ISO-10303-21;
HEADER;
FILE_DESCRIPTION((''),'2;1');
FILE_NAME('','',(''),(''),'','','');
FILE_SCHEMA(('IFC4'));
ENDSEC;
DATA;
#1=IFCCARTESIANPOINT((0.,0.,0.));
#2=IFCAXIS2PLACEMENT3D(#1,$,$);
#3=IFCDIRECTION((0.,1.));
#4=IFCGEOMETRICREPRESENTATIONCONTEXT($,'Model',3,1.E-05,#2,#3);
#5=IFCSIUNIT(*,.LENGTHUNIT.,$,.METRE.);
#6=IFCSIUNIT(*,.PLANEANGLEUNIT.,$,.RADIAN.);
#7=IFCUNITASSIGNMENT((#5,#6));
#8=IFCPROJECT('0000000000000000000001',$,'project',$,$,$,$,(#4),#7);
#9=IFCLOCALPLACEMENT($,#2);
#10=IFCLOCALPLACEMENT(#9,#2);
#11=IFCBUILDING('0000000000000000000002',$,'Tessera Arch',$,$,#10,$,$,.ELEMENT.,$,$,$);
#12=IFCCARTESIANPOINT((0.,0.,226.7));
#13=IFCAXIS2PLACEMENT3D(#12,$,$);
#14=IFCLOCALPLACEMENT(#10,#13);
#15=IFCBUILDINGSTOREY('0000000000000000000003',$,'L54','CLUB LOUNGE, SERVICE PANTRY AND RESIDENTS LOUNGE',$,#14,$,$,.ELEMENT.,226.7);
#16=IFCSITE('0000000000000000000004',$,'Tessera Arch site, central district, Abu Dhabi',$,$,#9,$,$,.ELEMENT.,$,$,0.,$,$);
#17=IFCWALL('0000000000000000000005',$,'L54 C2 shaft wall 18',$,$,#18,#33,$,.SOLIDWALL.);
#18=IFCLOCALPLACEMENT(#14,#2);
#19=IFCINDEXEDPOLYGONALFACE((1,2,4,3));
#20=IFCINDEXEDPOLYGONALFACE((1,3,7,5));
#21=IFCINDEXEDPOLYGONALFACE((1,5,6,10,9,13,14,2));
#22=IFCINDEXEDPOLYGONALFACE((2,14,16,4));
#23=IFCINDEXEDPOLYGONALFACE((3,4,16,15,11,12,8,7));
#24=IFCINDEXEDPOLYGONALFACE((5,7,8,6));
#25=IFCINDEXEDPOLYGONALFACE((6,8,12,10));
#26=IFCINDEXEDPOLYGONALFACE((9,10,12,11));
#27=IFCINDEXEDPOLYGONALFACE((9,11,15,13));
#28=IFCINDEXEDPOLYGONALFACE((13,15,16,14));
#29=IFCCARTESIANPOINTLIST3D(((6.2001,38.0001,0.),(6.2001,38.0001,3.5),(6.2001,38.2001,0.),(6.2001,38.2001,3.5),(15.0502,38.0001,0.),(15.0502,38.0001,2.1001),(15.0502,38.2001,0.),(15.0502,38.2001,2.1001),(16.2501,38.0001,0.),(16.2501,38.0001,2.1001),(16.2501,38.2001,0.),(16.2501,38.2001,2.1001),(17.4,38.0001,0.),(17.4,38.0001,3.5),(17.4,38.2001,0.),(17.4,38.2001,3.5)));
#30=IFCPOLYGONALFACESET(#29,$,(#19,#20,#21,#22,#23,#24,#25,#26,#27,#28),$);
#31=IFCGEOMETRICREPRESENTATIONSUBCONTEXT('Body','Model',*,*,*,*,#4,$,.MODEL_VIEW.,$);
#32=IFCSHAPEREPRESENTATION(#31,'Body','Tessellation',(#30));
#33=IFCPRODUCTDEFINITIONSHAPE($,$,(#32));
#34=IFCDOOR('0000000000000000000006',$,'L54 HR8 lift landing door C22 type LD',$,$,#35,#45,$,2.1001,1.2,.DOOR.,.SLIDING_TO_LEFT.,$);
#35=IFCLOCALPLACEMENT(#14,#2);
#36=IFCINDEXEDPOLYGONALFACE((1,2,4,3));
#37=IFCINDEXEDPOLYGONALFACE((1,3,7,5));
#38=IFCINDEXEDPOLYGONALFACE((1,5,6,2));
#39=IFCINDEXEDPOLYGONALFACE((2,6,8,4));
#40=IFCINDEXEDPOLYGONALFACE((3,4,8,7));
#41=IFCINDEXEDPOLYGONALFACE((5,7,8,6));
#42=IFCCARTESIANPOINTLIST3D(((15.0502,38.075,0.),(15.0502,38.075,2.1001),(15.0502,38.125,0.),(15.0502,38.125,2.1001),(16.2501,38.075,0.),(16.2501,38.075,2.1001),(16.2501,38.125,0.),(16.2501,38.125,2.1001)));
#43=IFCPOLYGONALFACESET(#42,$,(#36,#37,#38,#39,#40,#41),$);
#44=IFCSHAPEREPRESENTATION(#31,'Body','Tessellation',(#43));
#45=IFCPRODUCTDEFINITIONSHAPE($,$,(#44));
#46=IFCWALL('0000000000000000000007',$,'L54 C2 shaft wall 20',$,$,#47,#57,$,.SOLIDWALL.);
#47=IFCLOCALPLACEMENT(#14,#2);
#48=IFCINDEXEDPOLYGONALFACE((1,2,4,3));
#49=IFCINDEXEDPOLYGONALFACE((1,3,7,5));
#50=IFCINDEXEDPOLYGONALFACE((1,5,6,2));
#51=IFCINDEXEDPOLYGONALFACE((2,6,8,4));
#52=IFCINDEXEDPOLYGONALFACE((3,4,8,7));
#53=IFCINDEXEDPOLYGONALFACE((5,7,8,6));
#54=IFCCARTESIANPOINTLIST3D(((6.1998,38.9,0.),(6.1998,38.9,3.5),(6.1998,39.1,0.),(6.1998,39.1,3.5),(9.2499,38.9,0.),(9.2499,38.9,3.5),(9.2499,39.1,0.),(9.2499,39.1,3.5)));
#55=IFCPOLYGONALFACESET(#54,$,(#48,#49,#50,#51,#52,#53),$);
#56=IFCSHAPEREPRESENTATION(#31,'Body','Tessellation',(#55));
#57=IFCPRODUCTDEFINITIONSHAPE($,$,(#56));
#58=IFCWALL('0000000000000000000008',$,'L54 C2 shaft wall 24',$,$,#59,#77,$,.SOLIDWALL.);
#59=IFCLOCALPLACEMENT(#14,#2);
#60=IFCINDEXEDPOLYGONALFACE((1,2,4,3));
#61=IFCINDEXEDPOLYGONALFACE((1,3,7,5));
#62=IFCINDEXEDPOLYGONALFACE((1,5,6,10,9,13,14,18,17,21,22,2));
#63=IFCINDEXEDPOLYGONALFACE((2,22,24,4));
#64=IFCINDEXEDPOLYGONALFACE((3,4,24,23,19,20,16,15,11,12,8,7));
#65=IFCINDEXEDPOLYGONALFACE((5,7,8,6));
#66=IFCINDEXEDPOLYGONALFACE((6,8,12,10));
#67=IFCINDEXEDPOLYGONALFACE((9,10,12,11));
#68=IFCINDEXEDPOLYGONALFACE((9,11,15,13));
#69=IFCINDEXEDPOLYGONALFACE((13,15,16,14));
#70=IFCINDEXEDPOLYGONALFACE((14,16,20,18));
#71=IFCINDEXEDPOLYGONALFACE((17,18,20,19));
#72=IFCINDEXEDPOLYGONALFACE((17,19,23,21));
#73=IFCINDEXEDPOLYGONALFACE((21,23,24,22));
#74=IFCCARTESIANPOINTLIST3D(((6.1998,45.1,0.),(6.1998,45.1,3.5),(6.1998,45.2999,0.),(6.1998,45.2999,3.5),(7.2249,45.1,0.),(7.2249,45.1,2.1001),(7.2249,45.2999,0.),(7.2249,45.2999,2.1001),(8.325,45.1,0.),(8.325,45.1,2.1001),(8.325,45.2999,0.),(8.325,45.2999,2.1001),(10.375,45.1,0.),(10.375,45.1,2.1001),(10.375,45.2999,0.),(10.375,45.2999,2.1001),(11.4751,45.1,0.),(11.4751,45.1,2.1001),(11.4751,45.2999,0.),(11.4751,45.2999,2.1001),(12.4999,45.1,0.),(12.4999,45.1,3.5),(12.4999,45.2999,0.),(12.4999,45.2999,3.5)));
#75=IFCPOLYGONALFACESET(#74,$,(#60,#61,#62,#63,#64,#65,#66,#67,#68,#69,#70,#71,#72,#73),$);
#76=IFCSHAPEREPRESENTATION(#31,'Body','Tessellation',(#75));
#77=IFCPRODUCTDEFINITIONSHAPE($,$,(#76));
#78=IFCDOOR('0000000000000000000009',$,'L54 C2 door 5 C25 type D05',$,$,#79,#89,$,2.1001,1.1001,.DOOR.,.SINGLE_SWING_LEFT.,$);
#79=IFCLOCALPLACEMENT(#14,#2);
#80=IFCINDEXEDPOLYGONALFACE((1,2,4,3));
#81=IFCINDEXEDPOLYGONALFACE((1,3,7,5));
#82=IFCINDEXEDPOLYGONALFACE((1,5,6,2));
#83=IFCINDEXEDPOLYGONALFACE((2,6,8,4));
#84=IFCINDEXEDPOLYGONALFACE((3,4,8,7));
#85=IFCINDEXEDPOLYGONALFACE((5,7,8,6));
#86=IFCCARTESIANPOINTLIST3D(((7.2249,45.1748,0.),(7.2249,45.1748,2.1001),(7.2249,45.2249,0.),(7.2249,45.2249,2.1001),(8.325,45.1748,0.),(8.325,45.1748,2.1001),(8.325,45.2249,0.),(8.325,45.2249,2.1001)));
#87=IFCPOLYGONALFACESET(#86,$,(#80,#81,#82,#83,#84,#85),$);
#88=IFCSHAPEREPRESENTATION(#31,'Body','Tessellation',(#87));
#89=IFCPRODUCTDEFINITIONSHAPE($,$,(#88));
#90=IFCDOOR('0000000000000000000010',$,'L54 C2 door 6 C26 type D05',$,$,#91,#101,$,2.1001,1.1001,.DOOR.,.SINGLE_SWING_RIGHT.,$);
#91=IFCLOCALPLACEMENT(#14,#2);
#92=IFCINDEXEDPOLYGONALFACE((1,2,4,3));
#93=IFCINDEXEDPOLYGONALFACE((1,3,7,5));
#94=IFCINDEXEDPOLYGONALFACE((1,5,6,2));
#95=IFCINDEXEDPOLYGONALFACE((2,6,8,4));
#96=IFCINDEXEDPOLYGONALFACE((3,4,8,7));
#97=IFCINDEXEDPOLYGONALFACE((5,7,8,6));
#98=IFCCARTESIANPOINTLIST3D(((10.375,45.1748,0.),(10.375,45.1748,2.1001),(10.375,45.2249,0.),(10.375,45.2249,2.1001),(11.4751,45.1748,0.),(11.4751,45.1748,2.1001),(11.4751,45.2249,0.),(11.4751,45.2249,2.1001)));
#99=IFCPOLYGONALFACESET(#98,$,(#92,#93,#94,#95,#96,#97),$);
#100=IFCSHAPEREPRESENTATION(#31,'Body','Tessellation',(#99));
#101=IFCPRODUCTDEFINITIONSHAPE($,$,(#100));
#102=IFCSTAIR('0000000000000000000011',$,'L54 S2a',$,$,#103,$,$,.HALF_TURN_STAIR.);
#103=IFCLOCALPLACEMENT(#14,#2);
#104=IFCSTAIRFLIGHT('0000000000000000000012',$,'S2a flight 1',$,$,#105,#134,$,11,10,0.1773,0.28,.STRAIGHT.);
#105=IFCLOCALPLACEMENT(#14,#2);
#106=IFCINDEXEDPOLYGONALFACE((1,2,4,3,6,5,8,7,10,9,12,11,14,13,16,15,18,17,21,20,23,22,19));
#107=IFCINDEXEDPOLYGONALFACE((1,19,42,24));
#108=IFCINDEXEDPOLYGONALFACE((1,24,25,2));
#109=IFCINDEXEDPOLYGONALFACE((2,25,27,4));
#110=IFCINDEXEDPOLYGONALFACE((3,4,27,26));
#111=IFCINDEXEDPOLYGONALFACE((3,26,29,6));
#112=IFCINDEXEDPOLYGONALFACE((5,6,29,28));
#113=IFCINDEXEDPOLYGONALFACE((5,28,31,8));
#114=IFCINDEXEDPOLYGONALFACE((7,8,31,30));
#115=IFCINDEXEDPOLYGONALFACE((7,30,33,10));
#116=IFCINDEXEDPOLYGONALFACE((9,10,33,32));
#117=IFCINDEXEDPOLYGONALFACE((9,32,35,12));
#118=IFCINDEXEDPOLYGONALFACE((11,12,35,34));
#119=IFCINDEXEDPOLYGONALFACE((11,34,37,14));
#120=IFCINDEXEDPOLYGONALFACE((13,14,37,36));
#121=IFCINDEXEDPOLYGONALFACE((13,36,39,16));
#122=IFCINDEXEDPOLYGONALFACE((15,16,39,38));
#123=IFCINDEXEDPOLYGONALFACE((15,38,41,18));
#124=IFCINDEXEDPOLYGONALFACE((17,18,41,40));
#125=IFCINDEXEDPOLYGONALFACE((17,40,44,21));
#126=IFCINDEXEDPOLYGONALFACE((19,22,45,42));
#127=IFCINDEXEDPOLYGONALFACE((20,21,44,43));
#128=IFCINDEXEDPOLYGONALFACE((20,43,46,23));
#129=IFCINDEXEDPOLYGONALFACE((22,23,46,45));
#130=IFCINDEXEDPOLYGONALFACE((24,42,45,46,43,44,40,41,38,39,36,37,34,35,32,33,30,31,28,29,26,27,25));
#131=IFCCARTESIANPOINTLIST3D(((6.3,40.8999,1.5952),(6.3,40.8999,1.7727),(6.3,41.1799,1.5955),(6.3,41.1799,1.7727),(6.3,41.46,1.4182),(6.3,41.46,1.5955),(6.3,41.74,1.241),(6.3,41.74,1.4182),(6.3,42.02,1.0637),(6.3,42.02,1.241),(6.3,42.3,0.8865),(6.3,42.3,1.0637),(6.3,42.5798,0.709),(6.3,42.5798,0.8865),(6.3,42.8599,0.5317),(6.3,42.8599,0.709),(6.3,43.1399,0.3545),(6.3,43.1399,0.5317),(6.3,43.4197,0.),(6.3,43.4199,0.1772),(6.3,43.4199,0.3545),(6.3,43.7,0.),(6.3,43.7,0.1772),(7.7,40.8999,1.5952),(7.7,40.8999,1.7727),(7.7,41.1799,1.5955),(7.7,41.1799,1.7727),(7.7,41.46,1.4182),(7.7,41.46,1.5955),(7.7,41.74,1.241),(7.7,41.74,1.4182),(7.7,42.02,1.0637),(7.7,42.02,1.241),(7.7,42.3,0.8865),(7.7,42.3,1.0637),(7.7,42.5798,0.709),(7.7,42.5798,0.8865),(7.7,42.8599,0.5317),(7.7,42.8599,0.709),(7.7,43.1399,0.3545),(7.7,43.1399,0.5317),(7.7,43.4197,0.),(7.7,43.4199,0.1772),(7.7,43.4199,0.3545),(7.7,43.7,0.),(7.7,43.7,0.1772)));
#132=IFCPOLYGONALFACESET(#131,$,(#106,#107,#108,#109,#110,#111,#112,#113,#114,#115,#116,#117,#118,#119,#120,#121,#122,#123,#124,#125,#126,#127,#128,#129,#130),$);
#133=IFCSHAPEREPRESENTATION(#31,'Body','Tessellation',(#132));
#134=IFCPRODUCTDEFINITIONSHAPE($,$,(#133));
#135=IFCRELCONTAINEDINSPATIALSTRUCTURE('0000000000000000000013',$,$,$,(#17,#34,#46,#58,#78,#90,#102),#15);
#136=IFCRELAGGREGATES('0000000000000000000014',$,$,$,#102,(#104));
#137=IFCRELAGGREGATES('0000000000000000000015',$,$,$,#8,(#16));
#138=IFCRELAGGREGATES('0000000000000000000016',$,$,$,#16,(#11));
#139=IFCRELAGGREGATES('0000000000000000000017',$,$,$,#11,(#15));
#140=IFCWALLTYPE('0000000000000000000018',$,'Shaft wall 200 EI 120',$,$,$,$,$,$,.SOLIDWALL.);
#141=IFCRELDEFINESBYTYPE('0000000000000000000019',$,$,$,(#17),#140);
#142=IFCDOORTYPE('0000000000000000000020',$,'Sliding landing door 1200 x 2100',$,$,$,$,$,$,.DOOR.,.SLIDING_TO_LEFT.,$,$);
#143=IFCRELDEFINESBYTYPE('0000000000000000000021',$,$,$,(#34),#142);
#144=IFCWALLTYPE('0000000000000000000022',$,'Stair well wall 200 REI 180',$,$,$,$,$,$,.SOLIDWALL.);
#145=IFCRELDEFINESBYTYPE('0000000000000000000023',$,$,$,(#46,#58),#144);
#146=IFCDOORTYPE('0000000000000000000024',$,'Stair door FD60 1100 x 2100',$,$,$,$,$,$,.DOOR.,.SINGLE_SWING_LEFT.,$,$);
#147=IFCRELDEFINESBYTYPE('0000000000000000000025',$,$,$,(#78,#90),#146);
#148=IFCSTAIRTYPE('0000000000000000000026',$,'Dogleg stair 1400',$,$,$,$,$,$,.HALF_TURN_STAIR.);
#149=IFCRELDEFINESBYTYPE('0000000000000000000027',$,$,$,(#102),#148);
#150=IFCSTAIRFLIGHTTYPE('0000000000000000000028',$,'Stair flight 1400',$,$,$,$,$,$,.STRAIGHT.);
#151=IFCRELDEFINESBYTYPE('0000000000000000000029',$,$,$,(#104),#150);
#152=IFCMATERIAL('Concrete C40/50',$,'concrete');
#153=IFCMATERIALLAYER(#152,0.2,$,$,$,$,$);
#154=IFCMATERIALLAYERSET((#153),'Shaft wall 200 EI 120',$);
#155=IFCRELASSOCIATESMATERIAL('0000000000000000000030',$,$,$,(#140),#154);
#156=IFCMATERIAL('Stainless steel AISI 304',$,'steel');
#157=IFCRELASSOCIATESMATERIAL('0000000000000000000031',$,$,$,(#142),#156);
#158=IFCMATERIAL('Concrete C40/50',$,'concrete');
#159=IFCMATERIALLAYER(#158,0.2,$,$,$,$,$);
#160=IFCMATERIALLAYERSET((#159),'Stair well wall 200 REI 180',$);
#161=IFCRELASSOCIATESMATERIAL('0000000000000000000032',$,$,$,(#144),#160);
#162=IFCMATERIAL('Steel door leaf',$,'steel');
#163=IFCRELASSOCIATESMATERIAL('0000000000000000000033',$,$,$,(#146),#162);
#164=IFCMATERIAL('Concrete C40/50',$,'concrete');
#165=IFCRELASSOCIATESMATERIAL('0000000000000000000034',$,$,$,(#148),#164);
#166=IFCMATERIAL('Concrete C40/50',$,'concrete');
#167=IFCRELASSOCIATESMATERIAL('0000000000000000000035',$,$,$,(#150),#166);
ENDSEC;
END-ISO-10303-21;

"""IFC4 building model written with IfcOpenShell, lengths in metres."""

from ifc_helpers import new_model, si_unit, direction, frame, frame_2d, origin, place, context, subcontext, project, spatial, polyline, rectangle, outline, extrude, material, layer, layer_set, type_object, element, fill, aggregate, save


model = new_model("IFC4")

# Units and contexts
model_context = context("Model", 3, precision=1e-05, world=origin(), true_north=direction((0.0, 1.0)))
body_context = subcontext(model_context, "Body", "Model", "MODEL_VIEW")
ifc_project = project(units=[si_unit("LENGTHUNIT", "METRE"), si_unit("PLANEANGLEUNIT", "RADIAN")], contexts=[model_context])

# Site, building, storey
site_placement = place(None, origin())
site = spatial("IfcSite", under=ifc_project, at=site_placement, Name="Tessera Arch site, central district, Abu Dhabi", CompositionType="ELEMENT", RefElevation=0.0)
building_placement = place(site_placement, origin())
building = spatial("IfcBuilding", under=site, at=building_placement, Name="Tessera Arch", CompositionType="ELEMENT")
storey_placement = place(building_placement, frame((0.0, 0.0, 226.7)))
storey = spatial("IfcBuildingStorey", under=building, at=storey_placement, Name="L54", Description="CLUB LOUNGE, SERVICE PANTRY AND RESIDENTS LOUNGE", CompositionType="ELEMENT", Elevation=226.7)

# Wall, opening, door
ifc_material_1 = material(Name="Concrete C40/50", Category="concrete")
ifc_layer_1 = layer(ifc_material_1, 0.2)
ifc_layer_set_1 = layer_set([ifc_layer_1], Name="Shaft wall 200 EI 120")
wall_type_1 = type_object("IfcWallType", Name="Shaft wall 200 EI 120", PredefinedType="SOLIDWALL", material=ifc_layer_set_1)
wall_1_placement = place(storey_placement, frame((6.2, 38.1001, 0.0), z_axis=(0.0, 0.0, 1.0), x_axis=(1.0, 0.0, 0.0)))
wall_1 = element("IfcWall", 1, at=wall_1_placement, inside=storey, type_object=wall_type_1, Name="L54 C2 shaft wall 18", PredefinedType="SOLIDWALL", context=body_context, shape_type="SweptSolid", body=[
    extrude(rectangle(XDim=11.2, YDim=0.2, at=frame_2d((5.6001, 0.0))), origin(), (0.0, 0.0, 1.0), 3.5),
])
opening_1_placement = place(wall_1_placement, frame((8.8501, 0.0, 0.0)))
opening_1 = element("IfcOpeningElement", 2, at=opening_1_placement, cuts=wall_1, PredefinedType="OPENING", context=body_context, shape_type="SweptSolid", body=[
    extrude(rectangle(XDim=1.2, YDim=2.1001, at=frame_2d((0.6001, 1.05))), frame((0.0, 0.1099, 0.0), z_axis=(0.0, -1.0, 0.0), x_axis=(1.0, 0.0, 0.0)), (0.0, 0.0, 1.0), 0.22),
])
ifc_material_2 = material(Name="Stainless steel AISI 304", Category="steel")
door_type_1 = type_object("IfcDoorType", Name="Sliding landing door 1200 x 2100", OperationType="SLIDING_TO_LEFT", PredefinedType="DOOR", material=ifc_material_2)
door_1_placement = place(opening_1_placement, origin())
door_1 = element("IfcDoor", 3, at=door_1_placement, inside=storey, type_object=door_type_1, Name="L54 HR8 lift landing door C22 type LD", OperationType="SLIDING_TO_LEFT", OverallHeight=2.1001, OverallWidth=1.2, PredefinedType="DOOR", context=body_context, shape_type="SweptSolid", body=[
    extrude(rectangle(XDim=1.2, YDim=2.1001, at=frame_2d((0.6001, 1.05))), frame((0.0, 0.0249, 0.0), z_axis=(0.0, -1.0, 0.0), x_axis=(1.0, 0.0, 0.0)), (0.0, 0.0, 1.0), 0.05),
])
fill(opening_1, door_1)

# Wall
ifc_material_3 = material(Name="Concrete C40/50", Category="concrete")
ifc_layer_2 = layer(ifc_material_3, 0.2)
ifc_layer_set_2 = layer_set([ifc_layer_2], Name="Stair well wall 200 REI 180")
wall_type_2 = type_object("IfcWallType", Name="Stair well wall 200 REI 180", PredefinedType="SOLIDWALL", material=ifc_layer_set_2)
wall_2_placement = place(storey_placement, frame((6.2, 39.0, 0.0), z_axis=(0.0, 0.0, 1.0), x_axis=(1.0, 0.0, 0.0)))
element("IfcWall", 4, at=wall_2_placement, inside=storey, type_object=wall_type_2, Name="L54 C2 shaft wall 20", PredefinedType="SOLIDWALL", context=body_context, shape_type="SweptSolid", body=[
    extrude(rectangle(XDim=3.05, YDim=0.2, at=frame_2d((1.5249, 0.0))), origin(), (0.0, 0.0, 1.0), 3.5),
])

# Wall, openings, doors
wall_3_placement = place(storey_placement, frame((6.2, 45.2, 0.0), z_axis=(0.0, 0.0, 1.0), x_axis=(1.0, 0.0, 0.0)))
wall_3 = element("IfcWall", 5, at=wall_3_placement, inside=storey, type_object=wall_type_2, Name="L54 C2 shaft wall 24", PredefinedType="SOLIDWALL", context=body_context, shape_type="SweptSolid", body=[
    extrude(rectangle(XDim=6.3, YDim=0.2, at=frame_2d((3.1499, 0.0))), origin(), (0.0, 0.0, 1.0), 3.5),
])
opening_2_placement = place(wall_3_placement, frame((1.0249, 0.0, 0.0)))
opening_2 = element("IfcOpeningElement", 6, at=opening_2_placement, cuts=wall_3, PredefinedType="OPENING", context=body_context, shape_type="SweptSolid", body=[
    extrude(rectangle(XDim=1.1001, YDim=2.1001, at=frame_2d((0.55, 1.05))), frame((0.0, 0.1099, 0.0), z_axis=(0.0, -1.0, 0.0), x_axis=(1.0, 0.0, 0.0)), (0.0, 0.0, 1.0), 0.22),
])
opening_3_placement = place(wall_3_placement, frame((4.175, 0.0, 0.0)))
opening_3 = element("IfcOpeningElement", 7, at=opening_3_placement, cuts=wall_3, PredefinedType="OPENING", context=body_context, shape_type="SweptSolid", body=[
    extrude(rectangle(XDim=1.1001, YDim=2.1001, at=frame_2d((0.55, 1.05))), frame((0.0, 0.1099, 0.0), z_axis=(0.0, -1.0, 0.0), x_axis=(1.0, 0.0, 0.0)), (0.0, 0.0, 1.0), 0.22),
])
ifc_material_4 = material(Name="Steel door leaf", Category="steel")
door_type_2 = type_object("IfcDoorType", Name="Stair door FD60 1100 x 2100", OperationType="SINGLE_SWING_LEFT", PredefinedType="DOOR", material=ifc_material_4)
door_2_placement = place(opening_2_placement, origin())
door_2 = element("IfcDoor", 8, at=door_2_placement, inside=storey, type_object=door_type_2, Name="L54 C2 door 5 C25 type D05", OperationType="SINGLE_SWING_LEFT", OverallHeight=2.1001, OverallWidth=1.1001, PredefinedType="DOOR", context=body_context, shape_type="SweptSolid", body=[
    extrude(rectangle(XDim=1.1001, YDim=2.1001, at=frame_2d((0.55, 1.05))), frame((0.0, 0.0249, 0.0), z_axis=(0.0, -1.0, 0.0), x_axis=(1.0, 0.0, 0.0)), (0.0, 0.0, 1.0), 0.05),
])
fill(opening_2, door_2)
door_3_placement = place(opening_3_placement, origin())
door_3 = element("IfcDoor", 9, at=door_3_placement, inside=storey, type_object=door_type_2, Name="L54 C2 door 6 C26 type D05", OperationType="SINGLE_SWING_RIGHT", OverallHeight=2.1001, OverallWidth=1.1001, PredefinedType="DOOR", context=body_context, shape_type="SweptSolid", body=[
    extrude(rectangle(XDim=1.1001, YDim=2.1001, at=frame_2d((0.55, 1.05))), frame((0.0, 0.0249, 0.0), z_axis=(0.0, -1.0, 0.0), x_axis=(1.0, 0.0, 0.0)), (0.0, 0.0, 1.0), 0.05),
])
fill(opening_3, door_3)

# Stair, stair flight
ifc_material_5 = material(Name="Concrete C40/50", Category="concrete")
stair_type = type_object("IfcStairType", Name="Dogleg stair 1400", PredefinedType="HALF_TURN_STAIR", material=ifc_material_5)
stair_placement = place(storey_placement, origin())
stair = element("IfcStair", 10, at=stair_placement, inside=storey, type_object=stair_type, Name="L54 S2a", PredefinedType="HALF_TURN_STAIR")
ifc_material_6 = material(Name="Concrete C40/50", Category="concrete")
stair_flight_type = type_object("IfcStairFlightType", Name="Stair flight 1400", PredefinedType="STRAIGHT", material=ifc_material_6)
stair_flight_placement = place(storey_placement, frame((7.0, 43.7, 0.0), z_axis=(0.0, 0.0, 1.0), x_axis=(0.0, -1.0, 0.0)))
stair_flight = element("IfcStairFlight", 11, at=stair_flight_placement, type_object=stair_flight_type, Name="S2a flight 1", NumberOfRisers=11, NumberOfTreads=10, PredefinedType="STRAIGHT", RiserHeight=0.1773, TreadLength=0.28, context=body_context, shape_type="SweptSolid", body=[
    extrude(outline(polyline([(0.0, 0.0), (0.0, 0.1772), (0.28, 0.1772), (0.28, 0.3545), (0.5601, 0.3545), (0.5601, 0.5317), (0.8401, 0.5317), (0.8401, 0.709), (1.1201, 0.709), (1.1201, 0.8865), (1.3999, 0.8865), (1.3999, 1.0637), (1.6799, 1.0637), (1.6799, 1.241), (1.96, 1.241), (1.96, 1.4182), (2.24, 1.4182), (2.24, 1.5955), (2.52, 1.5955), (2.52, 1.7727), (2.8, 1.7727), (2.8, 1.95), (2.8, 1.5952), (0.2803, 0.0), (0.0, 0.0)])), frame((0.0, 0.7, 0.0), z_axis=(0.0, -1.0, 0.0), x_axis=(1.0, 0.0, 0.0)), (0.0, 0.0, 1.0), 1.3999),
])
aggregate(stair, [stair_flight])

save(model, "model.ifc")
